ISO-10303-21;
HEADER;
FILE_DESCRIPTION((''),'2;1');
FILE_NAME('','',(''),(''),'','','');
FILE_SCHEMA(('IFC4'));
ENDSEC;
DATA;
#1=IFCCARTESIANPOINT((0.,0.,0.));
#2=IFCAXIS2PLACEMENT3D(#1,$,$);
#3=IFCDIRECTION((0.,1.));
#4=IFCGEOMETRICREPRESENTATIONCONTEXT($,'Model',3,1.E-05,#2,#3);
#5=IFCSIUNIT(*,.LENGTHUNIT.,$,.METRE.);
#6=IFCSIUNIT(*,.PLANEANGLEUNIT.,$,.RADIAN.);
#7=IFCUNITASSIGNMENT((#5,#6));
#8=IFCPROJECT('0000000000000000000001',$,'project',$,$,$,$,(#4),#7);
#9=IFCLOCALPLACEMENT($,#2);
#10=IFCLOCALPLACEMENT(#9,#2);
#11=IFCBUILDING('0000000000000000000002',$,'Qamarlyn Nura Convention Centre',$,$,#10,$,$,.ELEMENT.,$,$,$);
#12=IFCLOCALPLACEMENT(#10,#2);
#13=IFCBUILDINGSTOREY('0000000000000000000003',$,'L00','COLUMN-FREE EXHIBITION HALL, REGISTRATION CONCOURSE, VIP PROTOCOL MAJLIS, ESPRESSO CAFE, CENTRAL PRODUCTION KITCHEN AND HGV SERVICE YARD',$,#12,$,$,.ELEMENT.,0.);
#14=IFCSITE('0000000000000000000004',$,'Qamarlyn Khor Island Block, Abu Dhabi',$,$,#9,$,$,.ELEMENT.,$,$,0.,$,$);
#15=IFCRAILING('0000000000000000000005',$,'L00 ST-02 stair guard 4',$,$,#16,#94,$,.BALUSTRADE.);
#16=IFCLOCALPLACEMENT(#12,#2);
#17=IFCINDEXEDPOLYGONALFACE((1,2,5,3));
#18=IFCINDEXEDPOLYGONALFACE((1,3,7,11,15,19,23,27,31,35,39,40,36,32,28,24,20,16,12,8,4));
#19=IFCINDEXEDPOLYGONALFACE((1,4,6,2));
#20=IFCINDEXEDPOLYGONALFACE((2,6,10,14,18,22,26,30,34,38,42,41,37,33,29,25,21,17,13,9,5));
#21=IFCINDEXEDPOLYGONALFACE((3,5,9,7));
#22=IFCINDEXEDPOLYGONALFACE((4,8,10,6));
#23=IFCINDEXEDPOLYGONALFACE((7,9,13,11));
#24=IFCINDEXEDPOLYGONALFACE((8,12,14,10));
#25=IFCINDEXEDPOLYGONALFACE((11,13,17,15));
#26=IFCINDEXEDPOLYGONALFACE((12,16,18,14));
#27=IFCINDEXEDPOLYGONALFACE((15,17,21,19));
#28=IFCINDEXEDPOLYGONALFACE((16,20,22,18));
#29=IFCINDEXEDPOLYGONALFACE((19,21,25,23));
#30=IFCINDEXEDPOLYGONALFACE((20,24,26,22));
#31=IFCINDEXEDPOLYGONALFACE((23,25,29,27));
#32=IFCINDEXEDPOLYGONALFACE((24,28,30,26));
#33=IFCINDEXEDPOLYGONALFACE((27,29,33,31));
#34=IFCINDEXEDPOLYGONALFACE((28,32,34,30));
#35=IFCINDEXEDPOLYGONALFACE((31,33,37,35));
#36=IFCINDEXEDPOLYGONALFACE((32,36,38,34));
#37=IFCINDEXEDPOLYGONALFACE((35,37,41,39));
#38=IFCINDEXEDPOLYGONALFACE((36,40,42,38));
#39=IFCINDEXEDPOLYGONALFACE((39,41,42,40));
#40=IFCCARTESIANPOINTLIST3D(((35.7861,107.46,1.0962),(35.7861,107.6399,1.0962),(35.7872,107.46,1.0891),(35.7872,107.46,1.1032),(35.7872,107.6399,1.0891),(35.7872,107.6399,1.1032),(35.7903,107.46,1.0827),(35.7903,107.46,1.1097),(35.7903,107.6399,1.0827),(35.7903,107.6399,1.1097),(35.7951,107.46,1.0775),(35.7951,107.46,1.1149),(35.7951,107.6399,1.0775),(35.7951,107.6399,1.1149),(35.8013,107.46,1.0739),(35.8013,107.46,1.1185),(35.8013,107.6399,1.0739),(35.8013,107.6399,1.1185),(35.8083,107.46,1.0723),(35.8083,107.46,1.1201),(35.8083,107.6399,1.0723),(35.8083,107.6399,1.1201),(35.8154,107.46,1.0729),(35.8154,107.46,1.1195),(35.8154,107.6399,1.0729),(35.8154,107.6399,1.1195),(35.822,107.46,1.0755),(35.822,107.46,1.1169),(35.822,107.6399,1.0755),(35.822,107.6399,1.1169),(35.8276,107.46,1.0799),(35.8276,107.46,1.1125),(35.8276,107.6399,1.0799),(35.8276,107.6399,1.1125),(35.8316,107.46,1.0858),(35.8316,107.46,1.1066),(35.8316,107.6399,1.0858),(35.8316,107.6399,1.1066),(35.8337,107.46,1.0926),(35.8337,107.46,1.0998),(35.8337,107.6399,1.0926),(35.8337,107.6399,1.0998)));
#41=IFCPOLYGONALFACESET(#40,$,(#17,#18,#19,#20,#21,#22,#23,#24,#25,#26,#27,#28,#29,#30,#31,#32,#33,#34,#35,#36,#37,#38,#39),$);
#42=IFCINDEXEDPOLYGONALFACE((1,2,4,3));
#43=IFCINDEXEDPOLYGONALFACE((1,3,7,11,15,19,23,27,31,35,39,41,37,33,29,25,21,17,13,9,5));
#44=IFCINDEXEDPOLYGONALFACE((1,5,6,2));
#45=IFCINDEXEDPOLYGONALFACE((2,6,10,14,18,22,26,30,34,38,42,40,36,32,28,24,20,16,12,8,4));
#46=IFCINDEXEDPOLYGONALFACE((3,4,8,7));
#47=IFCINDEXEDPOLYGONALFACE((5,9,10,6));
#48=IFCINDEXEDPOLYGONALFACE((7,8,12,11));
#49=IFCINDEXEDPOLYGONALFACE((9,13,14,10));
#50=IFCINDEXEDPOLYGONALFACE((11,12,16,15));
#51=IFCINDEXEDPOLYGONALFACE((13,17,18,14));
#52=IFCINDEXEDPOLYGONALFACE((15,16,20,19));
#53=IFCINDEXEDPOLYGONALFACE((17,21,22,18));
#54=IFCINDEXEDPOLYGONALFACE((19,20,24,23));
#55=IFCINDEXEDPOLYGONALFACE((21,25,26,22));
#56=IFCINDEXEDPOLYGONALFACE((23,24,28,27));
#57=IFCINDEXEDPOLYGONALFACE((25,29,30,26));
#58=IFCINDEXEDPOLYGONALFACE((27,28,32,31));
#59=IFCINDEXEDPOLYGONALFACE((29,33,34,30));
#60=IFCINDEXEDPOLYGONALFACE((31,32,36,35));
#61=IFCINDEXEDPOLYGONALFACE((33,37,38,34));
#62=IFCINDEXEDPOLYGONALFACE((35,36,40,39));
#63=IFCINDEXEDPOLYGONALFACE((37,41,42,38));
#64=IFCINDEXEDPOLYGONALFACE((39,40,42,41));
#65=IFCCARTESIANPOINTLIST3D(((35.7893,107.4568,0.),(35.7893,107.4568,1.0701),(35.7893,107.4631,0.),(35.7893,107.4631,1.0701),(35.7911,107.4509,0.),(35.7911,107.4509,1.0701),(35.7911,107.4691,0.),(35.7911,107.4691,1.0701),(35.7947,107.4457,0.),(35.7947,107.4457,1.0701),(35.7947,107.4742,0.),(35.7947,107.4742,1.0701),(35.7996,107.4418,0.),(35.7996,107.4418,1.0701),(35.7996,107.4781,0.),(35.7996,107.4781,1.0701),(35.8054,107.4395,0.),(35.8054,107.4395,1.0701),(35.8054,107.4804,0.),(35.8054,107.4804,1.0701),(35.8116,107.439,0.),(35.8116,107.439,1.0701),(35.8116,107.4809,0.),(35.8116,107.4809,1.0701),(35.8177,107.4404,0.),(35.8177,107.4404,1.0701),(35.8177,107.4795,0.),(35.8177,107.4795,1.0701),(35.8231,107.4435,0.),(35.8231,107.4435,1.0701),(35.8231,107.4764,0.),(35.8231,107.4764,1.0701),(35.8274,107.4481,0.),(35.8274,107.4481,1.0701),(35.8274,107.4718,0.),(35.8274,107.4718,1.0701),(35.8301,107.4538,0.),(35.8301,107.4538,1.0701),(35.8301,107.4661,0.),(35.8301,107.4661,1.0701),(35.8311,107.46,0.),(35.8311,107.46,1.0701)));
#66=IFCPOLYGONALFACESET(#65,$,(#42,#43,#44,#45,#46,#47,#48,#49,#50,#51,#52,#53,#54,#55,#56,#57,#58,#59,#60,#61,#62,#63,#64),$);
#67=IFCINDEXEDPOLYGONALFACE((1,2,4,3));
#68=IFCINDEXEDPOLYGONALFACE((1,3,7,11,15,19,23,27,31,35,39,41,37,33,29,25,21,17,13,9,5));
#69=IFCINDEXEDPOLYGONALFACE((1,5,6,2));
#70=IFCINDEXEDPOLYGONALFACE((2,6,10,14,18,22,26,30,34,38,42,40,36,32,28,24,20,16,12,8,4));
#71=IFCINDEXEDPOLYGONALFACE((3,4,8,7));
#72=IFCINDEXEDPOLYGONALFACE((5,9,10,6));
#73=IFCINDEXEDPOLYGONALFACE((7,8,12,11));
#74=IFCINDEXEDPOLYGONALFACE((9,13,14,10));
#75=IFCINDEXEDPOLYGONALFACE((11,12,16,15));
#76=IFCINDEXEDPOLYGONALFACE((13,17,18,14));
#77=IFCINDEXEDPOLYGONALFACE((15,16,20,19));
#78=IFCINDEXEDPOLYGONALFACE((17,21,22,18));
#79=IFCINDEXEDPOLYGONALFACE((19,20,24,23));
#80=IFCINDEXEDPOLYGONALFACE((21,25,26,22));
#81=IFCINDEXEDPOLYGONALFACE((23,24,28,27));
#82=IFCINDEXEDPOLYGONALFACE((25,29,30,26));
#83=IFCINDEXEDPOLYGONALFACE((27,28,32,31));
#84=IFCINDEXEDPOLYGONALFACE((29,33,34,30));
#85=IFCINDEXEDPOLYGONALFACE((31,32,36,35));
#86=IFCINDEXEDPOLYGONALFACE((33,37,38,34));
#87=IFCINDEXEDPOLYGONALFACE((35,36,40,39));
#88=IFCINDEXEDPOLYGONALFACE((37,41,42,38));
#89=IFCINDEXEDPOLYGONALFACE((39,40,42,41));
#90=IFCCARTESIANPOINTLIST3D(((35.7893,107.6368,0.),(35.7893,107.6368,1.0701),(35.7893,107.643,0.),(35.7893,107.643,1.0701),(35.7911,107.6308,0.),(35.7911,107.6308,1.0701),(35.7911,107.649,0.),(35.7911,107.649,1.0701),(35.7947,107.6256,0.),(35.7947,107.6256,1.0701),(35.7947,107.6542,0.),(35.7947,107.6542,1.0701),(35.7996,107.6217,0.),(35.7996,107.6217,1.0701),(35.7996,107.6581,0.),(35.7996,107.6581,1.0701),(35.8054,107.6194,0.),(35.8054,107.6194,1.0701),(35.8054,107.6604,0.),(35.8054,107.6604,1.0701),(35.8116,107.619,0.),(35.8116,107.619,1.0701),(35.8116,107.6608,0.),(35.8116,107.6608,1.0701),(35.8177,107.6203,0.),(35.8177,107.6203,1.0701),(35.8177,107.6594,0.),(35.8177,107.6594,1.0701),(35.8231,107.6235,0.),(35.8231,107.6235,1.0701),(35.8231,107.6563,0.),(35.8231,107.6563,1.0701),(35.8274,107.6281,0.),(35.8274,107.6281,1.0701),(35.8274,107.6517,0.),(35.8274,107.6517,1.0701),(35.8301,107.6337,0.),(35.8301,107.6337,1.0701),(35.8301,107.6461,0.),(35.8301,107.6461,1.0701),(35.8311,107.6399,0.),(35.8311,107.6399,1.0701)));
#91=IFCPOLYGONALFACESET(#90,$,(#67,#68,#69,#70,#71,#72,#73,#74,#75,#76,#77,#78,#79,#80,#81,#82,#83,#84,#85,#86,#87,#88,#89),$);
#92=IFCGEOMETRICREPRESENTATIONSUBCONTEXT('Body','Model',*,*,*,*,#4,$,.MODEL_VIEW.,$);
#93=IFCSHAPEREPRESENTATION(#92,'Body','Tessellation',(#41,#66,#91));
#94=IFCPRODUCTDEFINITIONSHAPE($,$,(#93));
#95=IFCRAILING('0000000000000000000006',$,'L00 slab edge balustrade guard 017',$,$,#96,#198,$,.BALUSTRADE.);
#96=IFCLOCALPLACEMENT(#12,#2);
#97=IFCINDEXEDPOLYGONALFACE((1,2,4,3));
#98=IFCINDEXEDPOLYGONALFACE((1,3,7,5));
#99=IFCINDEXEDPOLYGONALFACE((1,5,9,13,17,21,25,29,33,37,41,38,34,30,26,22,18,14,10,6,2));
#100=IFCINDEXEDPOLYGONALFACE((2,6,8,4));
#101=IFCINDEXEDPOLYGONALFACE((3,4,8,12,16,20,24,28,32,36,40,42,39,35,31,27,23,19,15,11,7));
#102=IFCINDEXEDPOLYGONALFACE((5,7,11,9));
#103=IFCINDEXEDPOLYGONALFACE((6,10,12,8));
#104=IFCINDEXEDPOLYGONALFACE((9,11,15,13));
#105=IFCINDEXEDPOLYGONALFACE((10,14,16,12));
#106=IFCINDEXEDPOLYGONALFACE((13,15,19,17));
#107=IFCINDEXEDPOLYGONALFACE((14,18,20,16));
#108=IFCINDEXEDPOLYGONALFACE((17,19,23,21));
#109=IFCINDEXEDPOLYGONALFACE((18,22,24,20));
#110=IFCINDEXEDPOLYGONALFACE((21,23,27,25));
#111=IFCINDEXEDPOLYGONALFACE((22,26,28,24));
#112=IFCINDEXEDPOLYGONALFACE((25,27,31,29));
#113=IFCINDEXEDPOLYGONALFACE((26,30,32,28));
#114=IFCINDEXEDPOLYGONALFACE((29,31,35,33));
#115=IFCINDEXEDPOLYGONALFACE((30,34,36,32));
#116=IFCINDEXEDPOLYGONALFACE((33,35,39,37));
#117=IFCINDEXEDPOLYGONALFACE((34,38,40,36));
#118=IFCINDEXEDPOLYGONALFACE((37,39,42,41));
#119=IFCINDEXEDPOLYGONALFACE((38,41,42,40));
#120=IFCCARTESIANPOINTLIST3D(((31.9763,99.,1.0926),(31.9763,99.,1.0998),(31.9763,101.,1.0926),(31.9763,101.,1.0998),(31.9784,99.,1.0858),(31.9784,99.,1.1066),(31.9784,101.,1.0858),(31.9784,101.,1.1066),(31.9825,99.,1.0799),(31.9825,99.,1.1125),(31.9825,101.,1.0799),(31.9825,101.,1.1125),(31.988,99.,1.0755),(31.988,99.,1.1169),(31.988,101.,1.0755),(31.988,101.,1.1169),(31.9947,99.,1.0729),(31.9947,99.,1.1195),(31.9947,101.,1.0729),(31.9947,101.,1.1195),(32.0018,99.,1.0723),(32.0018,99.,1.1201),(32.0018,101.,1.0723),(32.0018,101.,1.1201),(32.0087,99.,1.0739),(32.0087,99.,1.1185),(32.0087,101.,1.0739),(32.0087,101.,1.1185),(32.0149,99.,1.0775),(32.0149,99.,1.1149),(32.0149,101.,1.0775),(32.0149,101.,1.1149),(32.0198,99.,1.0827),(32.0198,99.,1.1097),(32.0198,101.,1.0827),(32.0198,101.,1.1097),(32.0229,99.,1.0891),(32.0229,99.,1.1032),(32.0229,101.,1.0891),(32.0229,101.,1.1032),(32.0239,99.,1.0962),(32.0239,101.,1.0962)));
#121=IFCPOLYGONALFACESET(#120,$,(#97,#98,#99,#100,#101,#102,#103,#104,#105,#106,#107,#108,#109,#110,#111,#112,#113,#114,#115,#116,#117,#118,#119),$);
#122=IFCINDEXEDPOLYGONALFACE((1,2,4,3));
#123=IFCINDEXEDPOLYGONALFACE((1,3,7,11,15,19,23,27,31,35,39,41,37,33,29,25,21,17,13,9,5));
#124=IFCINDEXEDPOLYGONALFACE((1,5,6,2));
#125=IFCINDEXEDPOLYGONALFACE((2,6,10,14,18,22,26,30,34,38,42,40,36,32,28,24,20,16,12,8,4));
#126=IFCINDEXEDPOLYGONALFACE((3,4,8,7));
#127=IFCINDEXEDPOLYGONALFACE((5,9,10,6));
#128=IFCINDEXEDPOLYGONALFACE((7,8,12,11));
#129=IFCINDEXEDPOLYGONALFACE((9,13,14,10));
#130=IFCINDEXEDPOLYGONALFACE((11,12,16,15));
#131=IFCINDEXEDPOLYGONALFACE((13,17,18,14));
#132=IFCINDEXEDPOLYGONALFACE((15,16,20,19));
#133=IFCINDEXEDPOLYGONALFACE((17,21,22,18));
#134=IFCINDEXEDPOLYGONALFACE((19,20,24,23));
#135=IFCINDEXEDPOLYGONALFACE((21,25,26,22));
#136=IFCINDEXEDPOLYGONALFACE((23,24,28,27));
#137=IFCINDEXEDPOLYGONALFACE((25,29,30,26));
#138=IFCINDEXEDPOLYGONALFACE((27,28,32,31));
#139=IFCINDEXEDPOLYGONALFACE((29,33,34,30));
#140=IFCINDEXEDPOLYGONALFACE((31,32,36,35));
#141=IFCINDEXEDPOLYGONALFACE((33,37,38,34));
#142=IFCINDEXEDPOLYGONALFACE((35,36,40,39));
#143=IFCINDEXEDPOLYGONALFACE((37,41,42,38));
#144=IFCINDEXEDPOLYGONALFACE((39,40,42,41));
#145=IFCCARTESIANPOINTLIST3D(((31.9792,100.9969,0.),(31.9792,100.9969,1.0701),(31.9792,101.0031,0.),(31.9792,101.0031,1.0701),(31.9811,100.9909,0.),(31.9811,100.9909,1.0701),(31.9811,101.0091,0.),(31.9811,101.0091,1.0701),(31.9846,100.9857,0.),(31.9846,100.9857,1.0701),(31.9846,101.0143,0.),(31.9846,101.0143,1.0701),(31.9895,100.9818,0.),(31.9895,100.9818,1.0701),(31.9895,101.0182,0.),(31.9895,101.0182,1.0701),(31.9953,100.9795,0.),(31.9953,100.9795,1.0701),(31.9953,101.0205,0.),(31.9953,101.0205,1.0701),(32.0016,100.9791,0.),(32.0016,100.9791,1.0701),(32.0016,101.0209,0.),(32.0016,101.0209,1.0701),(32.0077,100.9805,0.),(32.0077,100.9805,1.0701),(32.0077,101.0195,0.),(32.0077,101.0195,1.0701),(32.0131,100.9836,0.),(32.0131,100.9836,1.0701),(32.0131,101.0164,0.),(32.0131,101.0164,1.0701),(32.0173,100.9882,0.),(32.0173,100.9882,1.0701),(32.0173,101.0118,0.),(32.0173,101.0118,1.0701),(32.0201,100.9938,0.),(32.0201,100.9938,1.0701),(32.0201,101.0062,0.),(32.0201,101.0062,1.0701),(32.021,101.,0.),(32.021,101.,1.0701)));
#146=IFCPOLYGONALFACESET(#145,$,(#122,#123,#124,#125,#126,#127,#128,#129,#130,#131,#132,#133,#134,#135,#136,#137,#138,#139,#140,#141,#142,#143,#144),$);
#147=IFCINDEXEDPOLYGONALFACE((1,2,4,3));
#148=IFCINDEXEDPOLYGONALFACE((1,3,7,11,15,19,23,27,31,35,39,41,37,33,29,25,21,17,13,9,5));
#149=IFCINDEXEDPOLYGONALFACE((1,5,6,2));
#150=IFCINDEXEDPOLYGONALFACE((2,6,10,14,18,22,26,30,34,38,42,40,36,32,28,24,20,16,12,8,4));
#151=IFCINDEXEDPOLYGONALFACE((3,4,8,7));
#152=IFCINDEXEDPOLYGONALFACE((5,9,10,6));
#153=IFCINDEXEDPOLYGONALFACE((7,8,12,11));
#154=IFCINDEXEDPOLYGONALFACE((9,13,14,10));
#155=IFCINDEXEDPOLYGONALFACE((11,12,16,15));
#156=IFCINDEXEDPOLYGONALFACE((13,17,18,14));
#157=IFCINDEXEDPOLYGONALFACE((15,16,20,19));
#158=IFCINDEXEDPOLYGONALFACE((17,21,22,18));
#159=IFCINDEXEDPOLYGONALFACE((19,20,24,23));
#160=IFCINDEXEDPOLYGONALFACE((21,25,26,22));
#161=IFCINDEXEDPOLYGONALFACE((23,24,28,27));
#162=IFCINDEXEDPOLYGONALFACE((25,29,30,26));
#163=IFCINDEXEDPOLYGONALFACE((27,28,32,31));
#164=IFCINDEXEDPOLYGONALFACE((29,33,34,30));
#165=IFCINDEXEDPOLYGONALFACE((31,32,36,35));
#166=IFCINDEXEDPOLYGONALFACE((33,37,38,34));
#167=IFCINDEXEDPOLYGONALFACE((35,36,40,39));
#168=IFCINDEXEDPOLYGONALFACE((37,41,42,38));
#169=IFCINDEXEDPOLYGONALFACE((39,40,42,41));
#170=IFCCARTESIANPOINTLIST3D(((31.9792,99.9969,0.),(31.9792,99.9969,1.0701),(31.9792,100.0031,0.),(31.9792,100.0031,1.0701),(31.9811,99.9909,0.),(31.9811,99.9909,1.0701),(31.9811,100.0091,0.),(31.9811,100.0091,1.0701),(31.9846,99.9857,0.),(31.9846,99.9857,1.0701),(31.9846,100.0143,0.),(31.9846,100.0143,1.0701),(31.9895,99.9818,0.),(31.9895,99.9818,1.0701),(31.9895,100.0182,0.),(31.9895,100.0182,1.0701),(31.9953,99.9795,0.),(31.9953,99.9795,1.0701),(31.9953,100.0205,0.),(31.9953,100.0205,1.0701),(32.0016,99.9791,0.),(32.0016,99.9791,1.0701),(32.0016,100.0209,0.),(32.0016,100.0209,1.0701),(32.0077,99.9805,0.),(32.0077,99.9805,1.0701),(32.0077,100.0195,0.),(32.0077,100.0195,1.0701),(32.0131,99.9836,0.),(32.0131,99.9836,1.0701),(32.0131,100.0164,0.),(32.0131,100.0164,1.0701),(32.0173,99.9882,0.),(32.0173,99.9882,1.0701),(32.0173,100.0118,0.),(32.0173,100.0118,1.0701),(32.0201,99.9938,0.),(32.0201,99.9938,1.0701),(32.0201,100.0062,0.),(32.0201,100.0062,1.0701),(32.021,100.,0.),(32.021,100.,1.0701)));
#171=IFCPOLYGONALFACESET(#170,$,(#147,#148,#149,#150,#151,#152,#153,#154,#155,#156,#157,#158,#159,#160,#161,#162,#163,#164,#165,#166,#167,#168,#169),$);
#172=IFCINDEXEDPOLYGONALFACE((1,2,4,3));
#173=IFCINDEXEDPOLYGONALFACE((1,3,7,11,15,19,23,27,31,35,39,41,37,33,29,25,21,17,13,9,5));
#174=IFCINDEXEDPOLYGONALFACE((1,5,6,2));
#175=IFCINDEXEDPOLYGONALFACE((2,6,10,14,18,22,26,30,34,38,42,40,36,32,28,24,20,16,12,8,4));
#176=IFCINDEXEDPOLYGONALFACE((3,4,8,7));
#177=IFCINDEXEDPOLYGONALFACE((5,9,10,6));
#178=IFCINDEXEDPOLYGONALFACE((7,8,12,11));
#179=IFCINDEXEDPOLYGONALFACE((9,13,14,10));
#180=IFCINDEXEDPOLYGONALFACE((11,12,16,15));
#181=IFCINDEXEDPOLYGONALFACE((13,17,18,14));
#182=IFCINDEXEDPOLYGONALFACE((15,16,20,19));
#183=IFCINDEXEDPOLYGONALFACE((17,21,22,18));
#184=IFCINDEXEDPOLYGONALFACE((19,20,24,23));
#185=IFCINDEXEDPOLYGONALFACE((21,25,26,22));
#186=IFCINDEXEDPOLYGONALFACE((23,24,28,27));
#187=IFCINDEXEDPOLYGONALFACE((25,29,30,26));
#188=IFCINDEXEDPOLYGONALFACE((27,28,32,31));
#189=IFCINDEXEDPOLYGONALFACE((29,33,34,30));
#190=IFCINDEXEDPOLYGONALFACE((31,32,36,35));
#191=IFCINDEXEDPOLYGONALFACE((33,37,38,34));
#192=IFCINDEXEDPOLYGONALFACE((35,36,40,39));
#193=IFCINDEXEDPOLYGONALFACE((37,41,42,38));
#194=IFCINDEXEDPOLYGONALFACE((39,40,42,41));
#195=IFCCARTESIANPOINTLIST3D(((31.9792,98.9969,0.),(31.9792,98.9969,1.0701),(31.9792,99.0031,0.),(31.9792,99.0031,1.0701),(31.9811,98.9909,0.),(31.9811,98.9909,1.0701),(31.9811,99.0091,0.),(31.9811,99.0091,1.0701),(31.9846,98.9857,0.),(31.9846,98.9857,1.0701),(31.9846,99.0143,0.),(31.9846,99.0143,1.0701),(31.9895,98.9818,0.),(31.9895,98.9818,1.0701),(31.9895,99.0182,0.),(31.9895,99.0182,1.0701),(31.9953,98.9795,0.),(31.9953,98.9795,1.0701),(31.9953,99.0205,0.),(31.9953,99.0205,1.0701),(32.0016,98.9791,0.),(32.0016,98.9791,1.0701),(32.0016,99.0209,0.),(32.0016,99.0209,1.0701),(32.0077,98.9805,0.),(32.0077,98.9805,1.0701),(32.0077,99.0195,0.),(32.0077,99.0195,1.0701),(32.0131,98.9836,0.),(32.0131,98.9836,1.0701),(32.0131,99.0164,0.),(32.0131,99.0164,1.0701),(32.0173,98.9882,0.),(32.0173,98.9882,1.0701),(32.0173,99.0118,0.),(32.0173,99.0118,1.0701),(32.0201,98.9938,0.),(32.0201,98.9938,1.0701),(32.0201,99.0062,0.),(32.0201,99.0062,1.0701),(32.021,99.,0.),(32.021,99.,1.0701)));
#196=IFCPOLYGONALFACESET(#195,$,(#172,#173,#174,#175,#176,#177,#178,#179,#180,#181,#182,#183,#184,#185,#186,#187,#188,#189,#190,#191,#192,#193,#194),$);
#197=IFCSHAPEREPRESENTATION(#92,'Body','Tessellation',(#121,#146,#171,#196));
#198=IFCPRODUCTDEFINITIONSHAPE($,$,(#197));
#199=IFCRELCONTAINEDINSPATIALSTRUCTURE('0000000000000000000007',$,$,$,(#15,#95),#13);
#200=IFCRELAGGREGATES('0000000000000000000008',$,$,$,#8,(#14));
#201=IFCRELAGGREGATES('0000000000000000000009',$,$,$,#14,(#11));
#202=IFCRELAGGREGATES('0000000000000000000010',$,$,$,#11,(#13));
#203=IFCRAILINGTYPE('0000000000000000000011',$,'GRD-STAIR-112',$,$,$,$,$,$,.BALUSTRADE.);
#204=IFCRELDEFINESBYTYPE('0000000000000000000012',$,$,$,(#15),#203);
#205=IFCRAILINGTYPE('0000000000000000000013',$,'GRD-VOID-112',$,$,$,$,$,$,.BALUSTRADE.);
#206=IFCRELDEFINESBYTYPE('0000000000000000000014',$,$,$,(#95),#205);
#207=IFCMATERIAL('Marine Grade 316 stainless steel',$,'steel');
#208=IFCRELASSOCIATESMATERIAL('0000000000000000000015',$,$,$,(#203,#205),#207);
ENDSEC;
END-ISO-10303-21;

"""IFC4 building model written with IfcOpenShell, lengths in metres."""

from ifc_helpers import new_model, si_unit, direction, frame, origin, origin_2d, place, context, subcontext, project, spatial, circle, extrude, material, type_object, element, save


model = new_model("IFC4")

# Units and contexts
model_context = context("Model", 3, precision=1e-05, world=origin(), true_north=direction((0.0, 1.0)))
body_context = subcontext(model_context, "Body", "Model", "MODEL_VIEW")
ifc_project = project(units=[si_unit("LENGTHUNIT", "METRE"), si_unit("PLANEANGLEUNIT", "RADIAN")], contexts=[model_context])

# Site, building, storey
site_placement = place(None, origin())
site = spatial("IfcSite", under=ifc_project, at=site_placement, Name="Qamarlyn Khor Island Block, Abu Dhabi", CompositionType="ELEMENT", RefElevation=0.0)
building_placement = place(site_placement, origin())
building = spatial("IfcBuilding", under=site, at=building_placement, Name="Qamarlyn Nura Convention Centre", CompositionType="ELEMENT")
storey_placement = place(building_placement, origin())
storey = spatial("IfcBuildingStorey", under=building, at=storey_placement, Name="L00", Description="COLUMN-FREE EXHIBITION HALL, REGISTRATION CONCOURSE, VIP PROTOCOL MAJLIS, ESPRESSO CAFE, CENTRAL PRODUCTION KITCHEN AND HGV SERVICE YARD", CompositionType="ELEMENT", Elevation=0.0)

# Railings
ifc_material_1 = material(Name="Marine Grade 316 stainless steel", Category="steel")
railing_type_1 = type_object("IfcRailingType", Name="GRD-STAIR-112", PredefinedType="BALUSTRADE", material=ifc_material_1)
railing_1_placement = place(storey_placement, frame((35.8101, 107.46, 0.0)))
element("IfcRailing", 1, at=railing_1_placement, inside=storey, type_object=railing_type_1, Name="L00 ST-02 stair guard 4", PredefinedType="BALUSTRADE", context=body_context, shape_type="SweptSolid", body=[
    extrude(circle(Radius=0.0239, at=origin_2d()), frame((0.0, 0.0, 1.0962), z_axis=(0.0, 1.0, 0.0), x_axis=(-1.0, 0.0, 0.0)), (0.0, 0.0, 1.0), 0.1799),
    extrude(circle(Radius=0.021, at=origin_2d()), origin(), (0.0, 0.0, 1.0), 1.0701),
    extrude(circle(Radius=0.021, at=origin_2d()), frame((0.0, 0.1799, 0.0)), (0.0, 0.0, 1.0), 1.0701),
])
railing_type_2 = type_object("IfcRailingType", Name="GRD-VOID-112", PredefinedType="BALUSTRADE", material=ifc_material_1)
railing_2_placement = place(storey_placement, frame((32.0, 101.0, 0.0)))
element("IfcRailing", 2, at=railing_2_placement, inside=storey, type_object=railing_type_2, Name="L00 slab edge balustrade guard 017", PredefinedType="BALUSTRADE", context=body_context, shape_type="SweptSolid", body=[
    extrude(circle(Radius=0.0239, at=origin_2d()), frame((0.0, 0.0, 1.0962), z_axis=(0.0, -1.0, 0.0), x_axis=(1.0, 0.0, 0.0)), (0.0, 0.0, 1.0), 2.0),
    extrude(circle(Radius=0.021, at=origin_2d()), origin(), (0.0, 0.0, 1.0), 1.0701),
    extrude(circle(Radius=0.021, at=origin_2d()), frame((0.0, -1.0, 0.0)), (0.0, 0.0, 1.0), 1.0701),
    extrude(circle(Radius=0.021, at=origin_2d()), frame((0.0, -2.0, 0.0)), (0.0, 0.0, 1.0), 1.0701),
])

save(model, "model.ifc")
